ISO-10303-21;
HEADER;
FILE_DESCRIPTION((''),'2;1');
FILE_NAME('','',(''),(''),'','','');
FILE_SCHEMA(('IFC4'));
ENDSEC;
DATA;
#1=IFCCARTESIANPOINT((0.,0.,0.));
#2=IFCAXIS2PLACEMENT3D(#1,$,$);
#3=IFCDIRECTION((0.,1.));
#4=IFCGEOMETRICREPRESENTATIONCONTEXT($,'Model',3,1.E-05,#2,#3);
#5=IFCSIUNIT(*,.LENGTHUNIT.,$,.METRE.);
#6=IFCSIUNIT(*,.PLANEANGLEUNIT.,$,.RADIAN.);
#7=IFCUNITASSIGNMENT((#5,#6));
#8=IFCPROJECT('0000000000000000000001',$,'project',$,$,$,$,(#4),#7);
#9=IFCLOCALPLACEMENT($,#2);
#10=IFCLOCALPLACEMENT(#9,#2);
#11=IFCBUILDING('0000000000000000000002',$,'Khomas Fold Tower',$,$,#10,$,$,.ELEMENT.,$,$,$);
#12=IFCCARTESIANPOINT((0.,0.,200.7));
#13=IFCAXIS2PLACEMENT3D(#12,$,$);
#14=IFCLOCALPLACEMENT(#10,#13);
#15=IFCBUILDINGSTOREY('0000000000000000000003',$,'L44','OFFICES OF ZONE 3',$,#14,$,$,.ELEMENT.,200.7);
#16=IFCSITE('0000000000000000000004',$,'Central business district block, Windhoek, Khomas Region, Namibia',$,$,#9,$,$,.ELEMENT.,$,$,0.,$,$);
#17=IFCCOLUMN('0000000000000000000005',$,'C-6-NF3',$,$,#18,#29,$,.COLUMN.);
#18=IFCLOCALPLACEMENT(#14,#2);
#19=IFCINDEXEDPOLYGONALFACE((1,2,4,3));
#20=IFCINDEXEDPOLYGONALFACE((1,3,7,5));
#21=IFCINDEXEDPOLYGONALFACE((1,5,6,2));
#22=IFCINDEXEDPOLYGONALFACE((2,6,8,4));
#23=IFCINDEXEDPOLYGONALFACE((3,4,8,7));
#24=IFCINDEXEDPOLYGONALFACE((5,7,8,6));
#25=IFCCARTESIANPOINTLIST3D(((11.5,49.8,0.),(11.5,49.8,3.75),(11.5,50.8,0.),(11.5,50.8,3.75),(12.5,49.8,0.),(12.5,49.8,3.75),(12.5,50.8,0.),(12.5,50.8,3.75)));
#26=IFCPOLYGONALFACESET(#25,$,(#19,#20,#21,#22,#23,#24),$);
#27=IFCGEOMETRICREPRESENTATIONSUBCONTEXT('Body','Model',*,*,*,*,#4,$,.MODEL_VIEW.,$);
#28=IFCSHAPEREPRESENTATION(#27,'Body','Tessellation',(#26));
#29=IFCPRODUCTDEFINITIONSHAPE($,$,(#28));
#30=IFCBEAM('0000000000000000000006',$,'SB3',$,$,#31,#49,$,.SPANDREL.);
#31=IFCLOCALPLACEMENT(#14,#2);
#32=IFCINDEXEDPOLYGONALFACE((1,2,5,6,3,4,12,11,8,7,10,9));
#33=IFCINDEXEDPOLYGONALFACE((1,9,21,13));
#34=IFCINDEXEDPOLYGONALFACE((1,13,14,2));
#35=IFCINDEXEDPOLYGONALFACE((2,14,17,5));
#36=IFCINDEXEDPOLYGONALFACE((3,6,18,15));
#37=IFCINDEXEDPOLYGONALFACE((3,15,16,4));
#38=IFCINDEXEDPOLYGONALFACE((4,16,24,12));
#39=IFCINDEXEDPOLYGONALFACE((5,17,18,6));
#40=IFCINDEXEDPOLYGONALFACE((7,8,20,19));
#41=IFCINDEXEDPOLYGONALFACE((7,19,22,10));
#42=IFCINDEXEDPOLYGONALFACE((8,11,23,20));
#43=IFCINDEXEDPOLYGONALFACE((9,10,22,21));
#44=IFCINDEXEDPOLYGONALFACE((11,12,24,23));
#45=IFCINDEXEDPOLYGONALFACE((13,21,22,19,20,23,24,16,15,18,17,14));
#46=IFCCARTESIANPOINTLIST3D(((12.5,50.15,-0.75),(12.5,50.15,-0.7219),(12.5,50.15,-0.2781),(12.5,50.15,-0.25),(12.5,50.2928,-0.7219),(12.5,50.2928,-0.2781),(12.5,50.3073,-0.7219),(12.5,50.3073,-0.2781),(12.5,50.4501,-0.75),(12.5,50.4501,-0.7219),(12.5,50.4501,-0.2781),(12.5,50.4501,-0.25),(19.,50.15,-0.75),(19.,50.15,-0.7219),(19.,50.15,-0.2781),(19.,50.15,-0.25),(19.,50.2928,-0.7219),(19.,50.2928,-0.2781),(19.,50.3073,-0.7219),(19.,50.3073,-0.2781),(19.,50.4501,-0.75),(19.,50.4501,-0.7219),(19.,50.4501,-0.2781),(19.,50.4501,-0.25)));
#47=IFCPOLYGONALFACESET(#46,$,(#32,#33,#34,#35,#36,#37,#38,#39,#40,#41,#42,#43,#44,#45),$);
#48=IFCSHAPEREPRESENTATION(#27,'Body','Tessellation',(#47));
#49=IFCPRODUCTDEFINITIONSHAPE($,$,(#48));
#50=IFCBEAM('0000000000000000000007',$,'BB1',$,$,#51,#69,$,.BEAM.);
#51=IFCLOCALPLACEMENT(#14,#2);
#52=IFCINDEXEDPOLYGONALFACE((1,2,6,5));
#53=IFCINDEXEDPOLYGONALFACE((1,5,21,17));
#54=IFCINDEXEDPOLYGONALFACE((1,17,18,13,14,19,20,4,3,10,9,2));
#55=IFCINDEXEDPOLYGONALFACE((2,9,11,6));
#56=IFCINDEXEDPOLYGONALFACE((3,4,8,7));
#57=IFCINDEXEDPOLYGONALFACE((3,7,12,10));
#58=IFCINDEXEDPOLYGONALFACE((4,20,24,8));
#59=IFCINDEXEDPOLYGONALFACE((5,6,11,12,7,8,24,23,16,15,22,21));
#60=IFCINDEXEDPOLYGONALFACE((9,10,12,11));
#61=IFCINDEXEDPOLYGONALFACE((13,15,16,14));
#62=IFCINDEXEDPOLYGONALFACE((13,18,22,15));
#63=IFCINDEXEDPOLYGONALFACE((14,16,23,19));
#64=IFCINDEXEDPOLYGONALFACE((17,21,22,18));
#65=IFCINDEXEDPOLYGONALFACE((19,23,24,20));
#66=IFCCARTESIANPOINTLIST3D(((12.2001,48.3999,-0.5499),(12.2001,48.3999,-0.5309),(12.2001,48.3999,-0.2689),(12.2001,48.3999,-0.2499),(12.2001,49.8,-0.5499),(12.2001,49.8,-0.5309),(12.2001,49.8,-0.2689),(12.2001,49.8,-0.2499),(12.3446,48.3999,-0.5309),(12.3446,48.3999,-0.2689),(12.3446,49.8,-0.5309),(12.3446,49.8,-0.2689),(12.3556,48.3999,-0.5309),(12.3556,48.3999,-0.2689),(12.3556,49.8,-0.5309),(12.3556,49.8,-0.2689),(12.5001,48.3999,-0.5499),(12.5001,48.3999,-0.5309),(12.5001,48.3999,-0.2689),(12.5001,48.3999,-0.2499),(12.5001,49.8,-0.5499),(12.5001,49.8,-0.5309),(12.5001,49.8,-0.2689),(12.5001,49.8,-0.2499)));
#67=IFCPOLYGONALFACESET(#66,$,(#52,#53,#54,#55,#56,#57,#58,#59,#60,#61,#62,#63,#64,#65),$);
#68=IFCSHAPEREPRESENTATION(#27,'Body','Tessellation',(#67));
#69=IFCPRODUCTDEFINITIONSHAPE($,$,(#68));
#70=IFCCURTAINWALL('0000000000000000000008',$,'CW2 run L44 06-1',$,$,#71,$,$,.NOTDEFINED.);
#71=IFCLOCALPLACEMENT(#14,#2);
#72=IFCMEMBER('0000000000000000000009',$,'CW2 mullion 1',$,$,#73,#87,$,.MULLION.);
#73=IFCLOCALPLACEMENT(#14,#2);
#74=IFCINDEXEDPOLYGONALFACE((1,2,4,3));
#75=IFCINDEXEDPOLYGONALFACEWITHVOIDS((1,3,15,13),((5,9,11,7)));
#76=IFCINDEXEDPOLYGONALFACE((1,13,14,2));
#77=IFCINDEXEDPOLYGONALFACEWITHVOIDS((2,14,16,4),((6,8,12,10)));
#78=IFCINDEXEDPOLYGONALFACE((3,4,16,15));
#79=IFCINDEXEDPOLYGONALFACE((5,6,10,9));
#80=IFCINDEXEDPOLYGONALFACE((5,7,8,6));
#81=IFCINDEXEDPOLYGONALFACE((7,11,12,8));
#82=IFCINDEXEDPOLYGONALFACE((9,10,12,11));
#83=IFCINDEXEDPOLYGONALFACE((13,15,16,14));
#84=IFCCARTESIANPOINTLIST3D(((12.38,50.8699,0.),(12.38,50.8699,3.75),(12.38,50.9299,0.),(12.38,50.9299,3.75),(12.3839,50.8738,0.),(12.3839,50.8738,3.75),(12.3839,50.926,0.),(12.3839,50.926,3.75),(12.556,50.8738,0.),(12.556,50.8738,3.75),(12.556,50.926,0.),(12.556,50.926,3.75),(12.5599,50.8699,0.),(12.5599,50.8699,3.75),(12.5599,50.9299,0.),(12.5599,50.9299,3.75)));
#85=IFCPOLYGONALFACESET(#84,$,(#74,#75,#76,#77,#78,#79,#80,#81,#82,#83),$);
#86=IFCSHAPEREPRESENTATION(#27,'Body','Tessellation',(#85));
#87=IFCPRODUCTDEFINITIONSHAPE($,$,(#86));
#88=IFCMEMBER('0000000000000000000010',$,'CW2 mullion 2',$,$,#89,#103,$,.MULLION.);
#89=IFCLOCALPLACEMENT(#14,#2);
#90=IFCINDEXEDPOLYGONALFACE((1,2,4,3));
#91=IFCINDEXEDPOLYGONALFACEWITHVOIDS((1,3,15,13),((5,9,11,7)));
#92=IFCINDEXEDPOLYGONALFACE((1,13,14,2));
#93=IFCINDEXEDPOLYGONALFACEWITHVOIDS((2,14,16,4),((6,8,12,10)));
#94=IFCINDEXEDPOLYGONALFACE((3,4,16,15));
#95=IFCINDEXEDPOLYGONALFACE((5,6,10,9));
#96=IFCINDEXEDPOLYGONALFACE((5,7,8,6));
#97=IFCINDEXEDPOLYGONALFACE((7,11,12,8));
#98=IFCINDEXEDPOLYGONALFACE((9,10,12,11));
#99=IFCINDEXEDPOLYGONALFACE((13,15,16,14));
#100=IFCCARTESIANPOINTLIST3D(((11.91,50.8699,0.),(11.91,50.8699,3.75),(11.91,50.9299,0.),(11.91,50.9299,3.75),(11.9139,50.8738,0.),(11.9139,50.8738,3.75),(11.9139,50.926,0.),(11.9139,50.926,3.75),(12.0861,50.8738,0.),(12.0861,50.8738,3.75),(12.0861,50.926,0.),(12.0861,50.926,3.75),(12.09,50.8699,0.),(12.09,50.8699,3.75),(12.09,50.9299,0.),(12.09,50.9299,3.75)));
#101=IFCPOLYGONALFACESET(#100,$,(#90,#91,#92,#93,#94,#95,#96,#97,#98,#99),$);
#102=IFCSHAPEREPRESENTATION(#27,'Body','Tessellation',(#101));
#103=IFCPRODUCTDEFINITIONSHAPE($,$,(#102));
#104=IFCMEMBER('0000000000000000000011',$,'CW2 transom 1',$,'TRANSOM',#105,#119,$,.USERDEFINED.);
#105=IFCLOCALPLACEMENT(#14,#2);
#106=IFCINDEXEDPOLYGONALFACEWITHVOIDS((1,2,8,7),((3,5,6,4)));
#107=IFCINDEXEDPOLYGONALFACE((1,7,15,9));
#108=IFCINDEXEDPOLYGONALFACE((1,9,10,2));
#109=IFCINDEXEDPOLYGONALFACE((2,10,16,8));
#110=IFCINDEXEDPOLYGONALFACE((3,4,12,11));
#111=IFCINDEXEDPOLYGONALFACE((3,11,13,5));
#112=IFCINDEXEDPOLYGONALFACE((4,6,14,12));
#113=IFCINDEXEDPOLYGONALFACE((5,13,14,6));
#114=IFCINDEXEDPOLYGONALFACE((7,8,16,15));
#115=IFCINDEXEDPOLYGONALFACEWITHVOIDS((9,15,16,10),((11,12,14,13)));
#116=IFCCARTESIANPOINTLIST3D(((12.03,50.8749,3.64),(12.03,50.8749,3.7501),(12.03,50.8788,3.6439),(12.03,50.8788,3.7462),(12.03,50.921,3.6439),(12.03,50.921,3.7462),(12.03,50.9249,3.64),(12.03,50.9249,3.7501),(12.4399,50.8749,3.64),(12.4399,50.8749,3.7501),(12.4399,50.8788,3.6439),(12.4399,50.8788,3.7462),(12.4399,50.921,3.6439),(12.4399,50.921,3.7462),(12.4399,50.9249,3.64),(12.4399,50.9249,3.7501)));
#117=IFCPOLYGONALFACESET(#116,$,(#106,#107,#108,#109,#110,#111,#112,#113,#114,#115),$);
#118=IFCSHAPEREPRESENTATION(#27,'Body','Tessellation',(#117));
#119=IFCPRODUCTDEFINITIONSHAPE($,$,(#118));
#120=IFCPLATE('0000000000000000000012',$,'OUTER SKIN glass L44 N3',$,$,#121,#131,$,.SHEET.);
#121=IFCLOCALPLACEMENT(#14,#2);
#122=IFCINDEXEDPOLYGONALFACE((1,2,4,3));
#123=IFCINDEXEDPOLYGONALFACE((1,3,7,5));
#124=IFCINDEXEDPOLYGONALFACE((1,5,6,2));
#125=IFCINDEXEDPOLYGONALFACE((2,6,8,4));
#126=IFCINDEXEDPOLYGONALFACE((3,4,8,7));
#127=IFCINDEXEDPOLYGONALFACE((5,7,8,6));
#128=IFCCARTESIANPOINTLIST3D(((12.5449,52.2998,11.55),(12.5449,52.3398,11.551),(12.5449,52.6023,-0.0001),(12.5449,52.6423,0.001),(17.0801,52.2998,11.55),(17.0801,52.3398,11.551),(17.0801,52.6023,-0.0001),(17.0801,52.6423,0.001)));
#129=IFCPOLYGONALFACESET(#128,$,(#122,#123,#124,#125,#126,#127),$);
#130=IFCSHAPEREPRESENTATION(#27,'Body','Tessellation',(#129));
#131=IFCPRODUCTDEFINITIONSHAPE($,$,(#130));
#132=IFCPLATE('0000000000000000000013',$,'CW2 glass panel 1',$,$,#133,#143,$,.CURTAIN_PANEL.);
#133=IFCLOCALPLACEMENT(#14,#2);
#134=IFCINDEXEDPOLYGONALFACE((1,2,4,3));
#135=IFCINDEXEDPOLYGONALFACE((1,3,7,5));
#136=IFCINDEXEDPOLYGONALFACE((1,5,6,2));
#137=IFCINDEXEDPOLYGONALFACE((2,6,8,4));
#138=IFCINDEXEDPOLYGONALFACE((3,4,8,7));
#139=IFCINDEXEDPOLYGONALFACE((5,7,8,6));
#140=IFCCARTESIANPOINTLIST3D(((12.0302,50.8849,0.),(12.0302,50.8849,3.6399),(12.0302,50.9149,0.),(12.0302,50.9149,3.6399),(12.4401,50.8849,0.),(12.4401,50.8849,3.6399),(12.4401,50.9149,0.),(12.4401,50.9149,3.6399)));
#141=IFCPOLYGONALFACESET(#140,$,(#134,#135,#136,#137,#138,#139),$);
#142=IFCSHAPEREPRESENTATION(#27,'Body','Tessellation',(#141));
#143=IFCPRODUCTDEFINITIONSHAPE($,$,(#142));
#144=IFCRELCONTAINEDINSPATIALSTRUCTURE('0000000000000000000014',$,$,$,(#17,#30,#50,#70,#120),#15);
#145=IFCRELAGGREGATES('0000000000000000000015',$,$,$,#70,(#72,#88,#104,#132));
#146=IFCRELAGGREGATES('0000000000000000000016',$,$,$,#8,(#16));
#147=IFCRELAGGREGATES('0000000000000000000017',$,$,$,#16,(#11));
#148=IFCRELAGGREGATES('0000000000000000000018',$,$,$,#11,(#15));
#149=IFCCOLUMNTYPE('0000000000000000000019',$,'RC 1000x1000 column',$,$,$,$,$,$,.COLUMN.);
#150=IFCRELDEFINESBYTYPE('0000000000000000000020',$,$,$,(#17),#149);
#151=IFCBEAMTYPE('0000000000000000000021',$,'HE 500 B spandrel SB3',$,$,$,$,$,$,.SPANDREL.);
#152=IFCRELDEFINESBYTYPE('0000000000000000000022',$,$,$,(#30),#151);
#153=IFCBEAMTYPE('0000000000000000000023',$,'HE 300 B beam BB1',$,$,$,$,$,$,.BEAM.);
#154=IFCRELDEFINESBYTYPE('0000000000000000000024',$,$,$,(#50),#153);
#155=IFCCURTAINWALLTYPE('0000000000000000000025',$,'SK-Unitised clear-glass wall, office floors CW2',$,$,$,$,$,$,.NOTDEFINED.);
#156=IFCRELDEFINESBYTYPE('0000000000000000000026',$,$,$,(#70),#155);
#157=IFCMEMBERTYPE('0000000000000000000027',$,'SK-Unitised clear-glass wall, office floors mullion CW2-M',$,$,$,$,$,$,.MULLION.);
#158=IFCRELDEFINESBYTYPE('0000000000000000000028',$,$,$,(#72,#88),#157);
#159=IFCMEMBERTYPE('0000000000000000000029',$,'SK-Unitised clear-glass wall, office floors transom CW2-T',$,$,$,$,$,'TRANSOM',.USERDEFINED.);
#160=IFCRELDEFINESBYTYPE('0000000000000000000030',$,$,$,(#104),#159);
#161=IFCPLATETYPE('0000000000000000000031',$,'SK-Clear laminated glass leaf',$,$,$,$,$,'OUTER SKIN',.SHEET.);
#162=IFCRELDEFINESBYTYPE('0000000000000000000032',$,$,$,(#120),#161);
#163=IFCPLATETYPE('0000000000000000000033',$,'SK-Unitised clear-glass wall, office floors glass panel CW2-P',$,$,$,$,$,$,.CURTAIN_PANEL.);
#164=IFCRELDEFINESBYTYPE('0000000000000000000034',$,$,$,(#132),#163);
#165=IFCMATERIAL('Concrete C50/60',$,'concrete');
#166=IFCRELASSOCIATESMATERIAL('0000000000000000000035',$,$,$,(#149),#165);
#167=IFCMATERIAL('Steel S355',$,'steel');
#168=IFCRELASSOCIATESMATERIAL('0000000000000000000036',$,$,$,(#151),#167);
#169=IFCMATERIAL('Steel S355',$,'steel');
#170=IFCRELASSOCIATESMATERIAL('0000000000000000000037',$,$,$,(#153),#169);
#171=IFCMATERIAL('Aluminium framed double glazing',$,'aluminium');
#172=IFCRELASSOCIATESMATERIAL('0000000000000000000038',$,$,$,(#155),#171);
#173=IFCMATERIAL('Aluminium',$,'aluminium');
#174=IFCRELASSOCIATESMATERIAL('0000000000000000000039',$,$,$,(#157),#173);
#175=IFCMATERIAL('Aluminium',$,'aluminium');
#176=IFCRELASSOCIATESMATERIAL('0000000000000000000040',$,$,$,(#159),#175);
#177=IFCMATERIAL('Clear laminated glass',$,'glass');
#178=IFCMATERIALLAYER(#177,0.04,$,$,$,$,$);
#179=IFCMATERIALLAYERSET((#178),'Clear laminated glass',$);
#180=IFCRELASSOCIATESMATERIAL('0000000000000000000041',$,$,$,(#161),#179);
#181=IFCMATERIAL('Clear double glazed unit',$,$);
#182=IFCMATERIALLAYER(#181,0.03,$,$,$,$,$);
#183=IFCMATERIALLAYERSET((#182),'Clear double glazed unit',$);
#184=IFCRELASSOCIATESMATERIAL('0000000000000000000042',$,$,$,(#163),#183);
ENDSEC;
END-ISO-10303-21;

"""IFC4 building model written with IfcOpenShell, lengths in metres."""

from ifc_helpers import new_model, si_unit, direction, frame, origin, origin_2d, place, context, subcontext, project, spatial, polyline, rectangle, hollow_rectangle, i_section, outline, extrude, source, transform, mapped, material, layer, layer_set, material_profile, profile_set, type_object, element, aggregate, save


model = new_model("IFC4")

# Units and contexts
model_context = context("Model", 3, precision=1e-05, world=origin(), true_north=direction((0.0, 1.0)))
body_context = subcontext(model_context, "Body", "Model", "MODEL_VIEW")
ifc_project = project(units=[si_unit("LENGTHUNIT", "METRE"), si_unit("PLANEANGLEUNIT", "RADIAN")], contexts=[model_context])

# Site, building, storey
site_placement = place(None, origin())
site = spatial("IfcSite", under=ifc_project, at=site_placement, Name="Central business district block, Windhoek, Khomas Region, Namibia", CompositionType="ELEMENT", RefElevation=0.0)
building_placement = place(site_placement, origin())
building = spatial("IfcBuilding", under=site, at=building_placement, Name="Khomas Fold Tower", CompositionType="ELEMENT")
storey_placement = place(building_placement, frame((0.0, 0.0, 200.7)))
storey = spatial("IfcBuildingStorey", under=building, at=storey_placement, Name="L44", Description="OFFICES OF ZONE 3", CompositionType="ELEMENT", Elevation=200.7)

# Column
ifc_material_1 = material(Name="Concrete C50/60", Category="concrete")
ifc_material_profile_1 = material_profile(ifc_material_1, rectangle(XDim=1.0, YDim=1.0, at=origin_2d()), Name="RC 1000x1000")
ifc_profile_set_1 = profile_set([ifc_material_profile_1], Name="Concrete C50/60")
column_type = type_object("IfcColumnType", Name="RC 1000x1000 column", PredefinedType="COLUMN", material=ifc_profile_set_1)
shared_shape_1 = source(origin(), body_context, "Body", "SweptSolid", [
    extrude(rectangle(XDim=1.0, YDim=1.0, at=origin_2d()), origin(), (0.0, 0.0, 1.0), 3.75),
])
column_placement = place(storey_placement, frame((12.0, 50.3, 0.0), z_axis=(0.0, 0.0, 1.0), x_axis=(1.0, 0.0, 0.0)))
element("IfcColumn", 1, at=column_placement, inside=storey, type_object=column_type, Name="C-6-NF3", PredefinedType="COLUMN", context=body_context, shape_type="MappedRepresentation", body=[
    mapped(shared_shape_1, transform((0.0, 0.0, 0.0))),
])

# Beams
ifc_material_2 = material(Name="Steel S355", Category="steel")
ifc_material_profile_2 = material_profile(ifc_material_2, i_section(OverallWidth=0.3, OverallDepth=0.5, WebThickness=0.0144, FlangeThickness=0.0281, at=origin_2d()), Name="HE 500 B")
ifc_profile_set_2 = profile_set([ifc_material_profile_2], Name="Steel S355")
beam_type_1 = type_object("IfcBeamType", Name="HE 500 B spandrel SB3", PredefinedType="SPANDREL", material=ifc_profile_set_2)
shared_shape_2 = source(origin(), body_context, "Body", "SweptSolid", [
    extrude(i_section(OverallWidth=0.3, OverallDepth=0.5, WebThickness=0.0144, FlangeThickness=0.0281, at=origin_2d()), origin(), (0.0, 0.0, 1.0), 6.5),
])
beam_1_placement = place(storey_placement, frame((12.5, 50.3, -0.5), z_axis=(1.0, 0.0, 0.0), x_axis=(0.0, 1.0, 0.0)))
element("IfcBeam", 2, at=beam_1_placement, inside=storey, type_object=beam_type_1, Name="SB3", PredefinedType="SPANDREL", context=body_context, shape_type="MappedRepresentation", body=[
    mapped(shared_shape_2, transform((0.0, 0.0, 0.0))),
])
ifc_material_3 = material(Name="Steel S355", Category="steel")
ifc_material_profile_3 = material_profile(ifc_material_3, i_section(OverallWidth=0.3, OverallDepth=0.3, WebThickness=0.011, FlangeThickness=0.019, at=origin_2d()), Name="HE 300 B")
ifc_profile_set_3 = profile_set([ifc_material_profile_3], Name="Steel S355")
beam_type_2 = type_object("IfcBeamType", Name="HE 300 B beam BB1", PredefinedType="BEAM", material=ifc_profile_set_3)
shared_shape_3 = source(origin(), body_context, "Body", "SweptSolid", [
    extrude(i_section(OverallWidth=0.3, OverallDepth=0.3, WebThickness=0.011, FlangeThickness=0.019, at=origin_2d()), origin(), (0.0, 0.0, 1.0), 1.4001),
])
beam_2_placement = place(storey_placement, frame((12.3501, 48.3999, -0.3999), z_axis=(0.0, 1.0, 0.0), x_axis=(-1.0, 0.0, 0.0)))
element("IfcBeam", 3, at=beam_2_placement, inside=storey, type_object=beam_type_2, Name="BB1", PredefinedType="BEAM", context=body_context, shape_type="MappedRepresentation", body=[
    mapped(shared_shape_3, transform((0.0, 0.0, 0.0))),
])

# Curtain wall, members
ifc_material_4 = material(Name="Aluminium framed double glazing", Category="aluminium")
curtain_wall_type = type_object("IfcCurtainWallType", Name="SK-Unitised clear-glass wall, office floors CW2", PredefinedType="NOTDEFINED", material=ifc_material_4)
curtain_wall_placement = place(storey_placement, origin())
curtain_wall = element("IfcCurtainWall", 4, at=curtain_wall_placement, inside=storey, type_object=curtain_wall_type, Name="CW2 run L44 06-1", PredefinedType="NOTDEFINED")
ifc_material_5 = material(Name="Aluminium", Category="aluminium")
ifc_material_profile_4 = material_profile(ifc_material_5, hollow_rectangle(XDim=0.0601, YDim=0.1799, WallThickness=0.0039, at=origin_2d()), Name="SK-Unitised clear-glass wall, office floors mullion CW2-M")
ifc_profile_set_4 = profile_set([ifc_material_profile_4], Name="Aluminium")
member_type_1 = type_object("IfcMemberType", Name="SK-Unitised clear-glass wall, office floors mullion CW2-M", PredefinedType="MULLION", material=ifc_profile_set_4)
shared_shape_4 = source(origin(), body_context, "Body", "SweptSolid", [
    extrude(hollow_rectangle(XDim=0.0601, YDim=0.1799, WallThickness=0.0039, at=origin_2d()), origin(), (0.0, 0.0, 1.0), 3.75),
])
member_1_placement = place(storey_placement, frame((12.47, 50.8999, 0.0), z_axis=(0.0, 0.0, 1.0), x_axis=(0.0, -1.0, 0.0)))
member_1 = element("IfcMember", 5, at=member_1_placement, type_object=member_type_1, Name="CW2 mullion 1", PredefinedType="MULLION", context=body_context, shape_type="MappedRepresentation", body=[
    mapped(shared_shape_4, transform((0.0, 0.0, 0.0))),
])
member_2_placement = place(storey_placement, frame((12.0, 50.8999, 0.0), z_axis=(0.0, 0.0, 1.0), x_axis=(0.0, -1.0, 0.0)))
member_2 = element("IfcMember", 6, at=member_2_placement, type_object=member_type_1, Name="CW2 mullion 2", PredefinedType="MULLION", context=body_context, shape_type="MappedRepresentation", body=[
    mapped(shared_shape_4, transform((0.0, 0.0, 0.0))),
])
ifc_material_6 = material(Name="Aluminium", Category="aluminium")
ifc_material_profile_5 = material_profile(ifc_material_6, hollow_rectangle(XDim=0.05, YDim=0.1101, WallThickness=0.0039, at=origin_2d()), Name="SK-Unitised clear-glass wall, office floors transom CW2-T")
ifc_profile_set_5 = profile_set([ifc_material_profile_5], Name="Aluminium")
member_type_2 = type_object("IfcMemberType", Name="SK-Unitised clear-glass wall, office floors transom CW2-T", ElementType="TRANSOM", PredefinedType="USERDEFINED", material=ifc_profile_set_5)
shared_shape_5 = source(origin(), body_context, "Body", "SweptSolid", [
    extrude(hollow_rectangle(XDim=0.05, YDim=0.1101, WallThickness=0.0039, at=origin_2d()), origin(), (0.0, 0.0, 1.0), 0.4099),
])
member_3_placement = place(storey_placement, frame((12.4399, 50.8999, 3.6951), z_axis=(-1.0, 0.0, 0.0), x_axis=(0.0, -1.0, 0.0)))
member_3 = element("IfcMember", 7, at=member_3_placement, type_object=member_type_2, Name="CW2 transom 1", ObjectType="TRANSOM", PredefinedType="USERDEFINED", context=body_context, shape_type="MappedRepresentation", body=[
    mapped(shared_shape_5, transform((0.0, 0.0, 0.0))),
])

# Plates
ifc_material_7 = material(Name="Clear laminated glass", Category="glass")
ifc_layer_1 = layer(ifc_material_7, 0.04)
ifc_layer_set_1 = layer_set([ifc_layer_1], Name="Clear laminated glass")
plate_type_1 = type_object("IfcPlateType", Name="SK-Clear laminated glass leaf", ElementType="OUTER SKIN", PredefinedType="SHEET", material=ifc_layer_set_1)
plate_1_placement = place(storey_placement, frame((12.5449, 52.6423, 0.001), z_axis=(0.0, 0.999657, 0.026181), x_axis=(1.0, 0.0, 0.0)))
element("IfcPlate", 8, at=plate_1_placement, inside=storey, type_object=plate_type_1, Name="OUTER SKIN glass L44 N3", PredefinedType="SHEET", context=body_context, shape_type="SweptSolid", body=[
    extrude(outline(polyline([(0.0, 0.0), (4.5352, 0.0), (4.5352, -11.554), (0.0, -11.554), (0.0, 0.0)])), origin(), (0.0, 0.0, -1.0), 0.04),
])
ifc_material_8 = material(Name="Clear double glazed unit")
ifc_layer_2 = layer(ifc_material_8, 0.03)
ifc_layer_set_2 = layer_set([ifc_layer_2], Name="Clear double glazed unit")
plate_type_2 = type_object("IfcPlateType", Name="SK-Unitised clear-glass wall, office floors glass panel CW2-P", PredefinedType="CURTAIN_PANEL", material=ifc_layer_set_2)
shared_shape_6 = source(origin(), body_context, "Body", "SweptSolid", [
    extrude(rectangle(XDim=0.4099, YDim=0.03, at=origin_2d()), origin(), (0.0, 0.0, 1.0), 3.6399),
])
plate_2_placement = place(storey_placement, frame((12.2351, 50.8999, 0.0), z_axis=(0.0, 0.0, 1.0), x_axis=(-1.0, 0.0, 0.0)))
plate_2 = element("IfcPlate", 9, at=plate_2_placement, type_object=plate_type_2, Name="CW2 glass panel 1", PredefinedType="CURTAIN_PANEL", context=body_context, shape_type="MappedRepresentation", body=[
    mapped(shared_shape_6, transform((0.0, 0.0, 0.0))),
])
aggregate(curtain_wall, [member_1, member_2, member_3, plate_2])

save(model, "model.ifc")
